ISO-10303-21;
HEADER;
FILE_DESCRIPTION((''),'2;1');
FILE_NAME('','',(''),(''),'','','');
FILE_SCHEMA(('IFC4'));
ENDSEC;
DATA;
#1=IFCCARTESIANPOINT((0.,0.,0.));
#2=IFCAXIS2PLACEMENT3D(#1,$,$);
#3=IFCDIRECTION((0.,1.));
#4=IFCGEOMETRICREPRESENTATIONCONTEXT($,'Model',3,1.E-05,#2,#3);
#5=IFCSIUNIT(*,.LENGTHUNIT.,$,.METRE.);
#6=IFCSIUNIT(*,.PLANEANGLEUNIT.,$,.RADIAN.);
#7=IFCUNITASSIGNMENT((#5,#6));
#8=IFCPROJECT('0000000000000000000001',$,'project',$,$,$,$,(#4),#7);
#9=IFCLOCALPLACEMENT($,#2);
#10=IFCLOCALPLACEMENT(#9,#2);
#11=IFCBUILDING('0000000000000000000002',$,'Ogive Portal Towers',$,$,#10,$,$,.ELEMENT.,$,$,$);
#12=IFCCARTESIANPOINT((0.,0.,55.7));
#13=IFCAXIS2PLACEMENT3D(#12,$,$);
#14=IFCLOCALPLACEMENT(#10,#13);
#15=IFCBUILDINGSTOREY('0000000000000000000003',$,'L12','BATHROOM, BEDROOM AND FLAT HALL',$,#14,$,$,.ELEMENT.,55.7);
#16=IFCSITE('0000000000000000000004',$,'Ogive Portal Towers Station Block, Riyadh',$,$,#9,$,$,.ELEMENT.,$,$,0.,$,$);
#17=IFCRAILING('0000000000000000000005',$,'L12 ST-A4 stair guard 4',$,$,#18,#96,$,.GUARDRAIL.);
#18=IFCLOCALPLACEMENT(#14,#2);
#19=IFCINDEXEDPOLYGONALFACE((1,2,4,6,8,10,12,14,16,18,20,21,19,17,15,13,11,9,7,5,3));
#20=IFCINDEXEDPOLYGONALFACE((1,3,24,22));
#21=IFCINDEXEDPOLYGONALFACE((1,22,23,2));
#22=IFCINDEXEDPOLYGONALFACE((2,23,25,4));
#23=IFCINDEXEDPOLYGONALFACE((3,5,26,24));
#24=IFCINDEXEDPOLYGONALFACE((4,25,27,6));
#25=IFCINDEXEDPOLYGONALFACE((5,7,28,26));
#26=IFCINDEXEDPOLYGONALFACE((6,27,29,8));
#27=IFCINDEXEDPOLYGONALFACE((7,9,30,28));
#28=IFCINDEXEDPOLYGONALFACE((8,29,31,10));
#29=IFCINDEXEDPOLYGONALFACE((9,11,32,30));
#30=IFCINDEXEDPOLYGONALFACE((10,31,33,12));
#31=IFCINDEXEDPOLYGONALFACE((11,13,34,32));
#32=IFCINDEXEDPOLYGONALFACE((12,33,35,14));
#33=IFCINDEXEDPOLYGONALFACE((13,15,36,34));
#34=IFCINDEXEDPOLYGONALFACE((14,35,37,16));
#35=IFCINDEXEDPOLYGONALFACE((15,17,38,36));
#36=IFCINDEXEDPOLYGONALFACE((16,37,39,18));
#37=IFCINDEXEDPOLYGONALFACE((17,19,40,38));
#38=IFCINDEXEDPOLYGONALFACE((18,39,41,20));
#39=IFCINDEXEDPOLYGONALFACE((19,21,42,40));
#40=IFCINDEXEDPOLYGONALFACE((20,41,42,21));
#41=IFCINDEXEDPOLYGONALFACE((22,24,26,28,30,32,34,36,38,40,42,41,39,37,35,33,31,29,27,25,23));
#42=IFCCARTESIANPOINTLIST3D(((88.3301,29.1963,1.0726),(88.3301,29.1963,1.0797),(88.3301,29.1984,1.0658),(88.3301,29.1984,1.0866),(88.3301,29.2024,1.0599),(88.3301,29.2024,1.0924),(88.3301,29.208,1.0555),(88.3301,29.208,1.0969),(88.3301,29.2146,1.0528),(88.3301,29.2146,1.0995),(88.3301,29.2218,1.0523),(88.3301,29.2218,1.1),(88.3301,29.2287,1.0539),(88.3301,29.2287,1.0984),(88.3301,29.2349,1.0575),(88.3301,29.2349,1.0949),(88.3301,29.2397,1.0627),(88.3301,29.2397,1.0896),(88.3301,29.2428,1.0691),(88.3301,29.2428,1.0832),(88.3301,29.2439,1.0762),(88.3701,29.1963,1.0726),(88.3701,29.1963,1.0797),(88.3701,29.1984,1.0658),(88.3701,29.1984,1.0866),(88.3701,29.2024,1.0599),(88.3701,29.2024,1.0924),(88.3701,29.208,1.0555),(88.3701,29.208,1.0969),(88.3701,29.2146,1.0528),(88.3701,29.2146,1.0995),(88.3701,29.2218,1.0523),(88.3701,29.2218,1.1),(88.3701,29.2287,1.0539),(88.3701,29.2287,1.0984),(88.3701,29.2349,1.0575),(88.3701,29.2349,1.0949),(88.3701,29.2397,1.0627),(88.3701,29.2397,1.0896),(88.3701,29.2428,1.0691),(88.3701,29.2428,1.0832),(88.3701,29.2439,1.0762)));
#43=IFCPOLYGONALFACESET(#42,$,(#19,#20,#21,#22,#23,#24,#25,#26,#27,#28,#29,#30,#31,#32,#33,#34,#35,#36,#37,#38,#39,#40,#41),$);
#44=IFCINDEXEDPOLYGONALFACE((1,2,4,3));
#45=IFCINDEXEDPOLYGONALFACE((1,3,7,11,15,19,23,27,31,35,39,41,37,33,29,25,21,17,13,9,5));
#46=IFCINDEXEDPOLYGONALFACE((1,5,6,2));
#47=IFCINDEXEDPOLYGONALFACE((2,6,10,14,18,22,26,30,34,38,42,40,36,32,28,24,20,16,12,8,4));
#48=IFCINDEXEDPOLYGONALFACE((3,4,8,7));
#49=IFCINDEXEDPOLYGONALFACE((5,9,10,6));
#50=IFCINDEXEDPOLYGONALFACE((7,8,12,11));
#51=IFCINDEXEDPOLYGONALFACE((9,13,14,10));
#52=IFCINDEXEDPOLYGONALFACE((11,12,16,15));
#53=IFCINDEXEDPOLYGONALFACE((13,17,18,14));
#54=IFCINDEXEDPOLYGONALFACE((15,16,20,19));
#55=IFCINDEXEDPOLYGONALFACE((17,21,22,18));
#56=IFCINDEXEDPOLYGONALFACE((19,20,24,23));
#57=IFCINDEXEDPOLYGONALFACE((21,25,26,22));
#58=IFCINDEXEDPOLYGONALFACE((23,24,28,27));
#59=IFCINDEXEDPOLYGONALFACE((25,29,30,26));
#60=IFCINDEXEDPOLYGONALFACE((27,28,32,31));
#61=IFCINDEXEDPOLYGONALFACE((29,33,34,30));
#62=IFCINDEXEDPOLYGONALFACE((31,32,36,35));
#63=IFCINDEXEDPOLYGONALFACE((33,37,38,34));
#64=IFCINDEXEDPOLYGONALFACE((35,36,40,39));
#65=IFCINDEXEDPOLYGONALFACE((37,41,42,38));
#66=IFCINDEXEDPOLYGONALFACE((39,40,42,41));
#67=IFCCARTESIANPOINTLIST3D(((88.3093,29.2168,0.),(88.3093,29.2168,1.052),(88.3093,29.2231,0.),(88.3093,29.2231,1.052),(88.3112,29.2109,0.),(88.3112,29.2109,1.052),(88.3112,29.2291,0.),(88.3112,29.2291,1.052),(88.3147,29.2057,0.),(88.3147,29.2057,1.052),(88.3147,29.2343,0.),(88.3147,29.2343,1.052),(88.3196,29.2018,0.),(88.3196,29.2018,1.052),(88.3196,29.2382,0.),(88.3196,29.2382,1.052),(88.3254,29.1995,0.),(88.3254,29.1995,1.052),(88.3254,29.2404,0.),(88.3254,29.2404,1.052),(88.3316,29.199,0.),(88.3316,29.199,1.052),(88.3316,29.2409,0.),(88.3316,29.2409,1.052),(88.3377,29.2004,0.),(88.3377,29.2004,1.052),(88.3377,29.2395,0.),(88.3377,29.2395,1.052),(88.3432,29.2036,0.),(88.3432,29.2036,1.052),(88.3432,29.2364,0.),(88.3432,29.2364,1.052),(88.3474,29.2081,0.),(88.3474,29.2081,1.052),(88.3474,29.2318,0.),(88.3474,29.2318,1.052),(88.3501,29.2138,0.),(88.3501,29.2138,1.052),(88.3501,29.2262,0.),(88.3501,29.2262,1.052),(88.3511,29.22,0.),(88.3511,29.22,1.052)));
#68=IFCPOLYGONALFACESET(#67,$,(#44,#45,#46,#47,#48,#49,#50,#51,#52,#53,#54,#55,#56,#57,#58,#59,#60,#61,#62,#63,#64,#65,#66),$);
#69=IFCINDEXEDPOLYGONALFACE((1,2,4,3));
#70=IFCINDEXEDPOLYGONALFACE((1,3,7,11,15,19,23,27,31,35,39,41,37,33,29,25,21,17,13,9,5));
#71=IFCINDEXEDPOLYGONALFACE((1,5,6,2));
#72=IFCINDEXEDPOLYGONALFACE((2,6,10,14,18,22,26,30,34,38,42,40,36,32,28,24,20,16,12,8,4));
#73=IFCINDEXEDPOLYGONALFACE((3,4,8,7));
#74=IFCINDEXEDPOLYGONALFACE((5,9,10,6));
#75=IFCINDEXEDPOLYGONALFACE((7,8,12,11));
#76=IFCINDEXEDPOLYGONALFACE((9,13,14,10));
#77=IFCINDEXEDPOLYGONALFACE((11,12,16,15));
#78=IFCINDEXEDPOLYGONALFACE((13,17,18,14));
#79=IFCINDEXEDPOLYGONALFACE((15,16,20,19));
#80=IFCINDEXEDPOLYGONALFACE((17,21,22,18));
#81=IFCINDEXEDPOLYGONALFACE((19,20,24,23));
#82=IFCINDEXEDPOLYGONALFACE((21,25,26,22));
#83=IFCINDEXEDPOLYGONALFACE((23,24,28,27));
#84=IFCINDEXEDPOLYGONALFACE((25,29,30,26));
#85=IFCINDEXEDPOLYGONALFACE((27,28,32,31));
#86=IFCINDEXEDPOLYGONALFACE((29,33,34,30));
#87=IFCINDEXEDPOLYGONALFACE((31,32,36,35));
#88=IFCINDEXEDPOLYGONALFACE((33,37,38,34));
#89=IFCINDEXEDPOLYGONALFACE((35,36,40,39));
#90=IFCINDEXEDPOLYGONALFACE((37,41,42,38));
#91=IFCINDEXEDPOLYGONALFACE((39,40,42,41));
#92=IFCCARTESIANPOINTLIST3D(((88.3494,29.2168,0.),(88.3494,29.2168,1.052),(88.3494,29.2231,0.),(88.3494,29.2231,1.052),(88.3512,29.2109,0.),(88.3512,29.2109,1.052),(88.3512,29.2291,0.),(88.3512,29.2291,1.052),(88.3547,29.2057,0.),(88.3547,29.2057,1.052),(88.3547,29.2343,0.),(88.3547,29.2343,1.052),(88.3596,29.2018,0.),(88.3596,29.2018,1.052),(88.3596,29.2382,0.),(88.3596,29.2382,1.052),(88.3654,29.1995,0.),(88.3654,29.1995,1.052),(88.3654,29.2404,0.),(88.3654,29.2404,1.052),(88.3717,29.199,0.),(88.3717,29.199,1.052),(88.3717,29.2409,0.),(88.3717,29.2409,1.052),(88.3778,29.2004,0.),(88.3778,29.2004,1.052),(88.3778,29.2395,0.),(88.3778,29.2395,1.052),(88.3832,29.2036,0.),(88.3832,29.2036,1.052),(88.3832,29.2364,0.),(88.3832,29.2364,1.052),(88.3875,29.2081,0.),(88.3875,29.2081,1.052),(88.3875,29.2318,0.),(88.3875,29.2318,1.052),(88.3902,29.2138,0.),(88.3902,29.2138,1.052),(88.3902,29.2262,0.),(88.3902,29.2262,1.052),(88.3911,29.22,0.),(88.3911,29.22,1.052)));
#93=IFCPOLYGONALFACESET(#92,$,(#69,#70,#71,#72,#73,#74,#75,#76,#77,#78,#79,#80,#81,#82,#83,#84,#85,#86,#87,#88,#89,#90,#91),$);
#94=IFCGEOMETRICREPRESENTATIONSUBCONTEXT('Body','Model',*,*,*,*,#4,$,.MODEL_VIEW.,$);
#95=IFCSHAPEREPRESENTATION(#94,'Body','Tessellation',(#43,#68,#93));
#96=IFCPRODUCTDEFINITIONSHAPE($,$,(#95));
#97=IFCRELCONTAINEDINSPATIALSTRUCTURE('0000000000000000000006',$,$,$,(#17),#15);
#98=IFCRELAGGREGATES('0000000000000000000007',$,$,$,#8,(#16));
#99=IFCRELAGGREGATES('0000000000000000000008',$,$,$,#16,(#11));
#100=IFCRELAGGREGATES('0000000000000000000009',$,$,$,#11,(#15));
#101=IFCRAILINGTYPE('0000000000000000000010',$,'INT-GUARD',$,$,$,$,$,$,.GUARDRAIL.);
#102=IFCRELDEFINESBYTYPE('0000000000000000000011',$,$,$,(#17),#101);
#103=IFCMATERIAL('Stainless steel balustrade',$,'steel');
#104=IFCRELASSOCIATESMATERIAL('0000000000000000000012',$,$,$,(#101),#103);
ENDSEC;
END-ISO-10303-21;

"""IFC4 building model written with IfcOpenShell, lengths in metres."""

from ifc_helpers import new_model, si_unit, direction, frame, origin, origin_2d, place, context, subcontext, project, spatial, circle, extrude, material, type_object, element, save


model = new_model("IFC4")

# Units and contexts
model_context = context("Model", 3, precision=1e-05, world=origin(), true_north=direction((0.0, 1.0)))
body_context = subcontext(model_context, "Body", "Model", "MODEL_VIEW")
ifc_project = project(units=[si_unit("LENGTHUNIT", "METRE"), si_unit("PLANEANGLEUNIT", "RADIAN")], contexts=[model_context])

# Site, building, storey
site_placement = place(None, origin())
site = spatial("IfcSite", under=ifc_project, at=site_placement, Name="Ogive Portal Towers Station Block, Riyadh", CompositionType="ELEMENT", RefElevation=0.0)
building_placement = place(site_placement, origin())
building = spatial("IfcBuilding", under=site, at=building_placement, Name="Ogive Portal Towers", CompositionType="ELEMENT")
storey_placement = place(building_placement, frame((0.0, 0.0, 55.7)))
storey = spatial("IfcBuildingStorey", under=building, at=storey_placement, Name="L12", Description="BATHROOM, BEDROOM AND FLAT HALL", CompositionType="ELEMENT", Elevation=55.7)

# Railing
ifc_material_1 = material(Name="Stainless steel balustrade", Category="steel")
railing_type_1 = type_object("IfcRailingType", Name="INT-GUARD", PredefinedType="GUARDRAIL", material=ifc_material_1)
railing_1_placement = place(storey_placement, frame((88.3301, 29.22, 0.0)))
element("IfcRailing", 1, at=railing_1_placement, inside=storey, type_object=railing_type_1, Name="L12 ST-A4 stair guard 4", PredefinedType="GUARDRAIL", context=body_context, shape_type="SweptSolid", body=[
    extrude(circle(Radius=0.0239, at=origin_2d()), frame((0.0, 0.0, 1.0762), z_axis=(1.0, 0.0, 0.0), x_axis=(0.0, 1.0, 0.0)), (0.0, 0.0, 1.0), 0.04),
    extrude(circle(Radius=0.021, at=origin_2d()), origin(), (0.0, 0.0, 1.0), 1.052),
    extrude(circle(Radius=0.021, at=origin_2d()), frame((0.04, 0.0, 0.0)), (0.0, 0.0, 1.0), 1.052),
])

save(model, "model.ifc")
